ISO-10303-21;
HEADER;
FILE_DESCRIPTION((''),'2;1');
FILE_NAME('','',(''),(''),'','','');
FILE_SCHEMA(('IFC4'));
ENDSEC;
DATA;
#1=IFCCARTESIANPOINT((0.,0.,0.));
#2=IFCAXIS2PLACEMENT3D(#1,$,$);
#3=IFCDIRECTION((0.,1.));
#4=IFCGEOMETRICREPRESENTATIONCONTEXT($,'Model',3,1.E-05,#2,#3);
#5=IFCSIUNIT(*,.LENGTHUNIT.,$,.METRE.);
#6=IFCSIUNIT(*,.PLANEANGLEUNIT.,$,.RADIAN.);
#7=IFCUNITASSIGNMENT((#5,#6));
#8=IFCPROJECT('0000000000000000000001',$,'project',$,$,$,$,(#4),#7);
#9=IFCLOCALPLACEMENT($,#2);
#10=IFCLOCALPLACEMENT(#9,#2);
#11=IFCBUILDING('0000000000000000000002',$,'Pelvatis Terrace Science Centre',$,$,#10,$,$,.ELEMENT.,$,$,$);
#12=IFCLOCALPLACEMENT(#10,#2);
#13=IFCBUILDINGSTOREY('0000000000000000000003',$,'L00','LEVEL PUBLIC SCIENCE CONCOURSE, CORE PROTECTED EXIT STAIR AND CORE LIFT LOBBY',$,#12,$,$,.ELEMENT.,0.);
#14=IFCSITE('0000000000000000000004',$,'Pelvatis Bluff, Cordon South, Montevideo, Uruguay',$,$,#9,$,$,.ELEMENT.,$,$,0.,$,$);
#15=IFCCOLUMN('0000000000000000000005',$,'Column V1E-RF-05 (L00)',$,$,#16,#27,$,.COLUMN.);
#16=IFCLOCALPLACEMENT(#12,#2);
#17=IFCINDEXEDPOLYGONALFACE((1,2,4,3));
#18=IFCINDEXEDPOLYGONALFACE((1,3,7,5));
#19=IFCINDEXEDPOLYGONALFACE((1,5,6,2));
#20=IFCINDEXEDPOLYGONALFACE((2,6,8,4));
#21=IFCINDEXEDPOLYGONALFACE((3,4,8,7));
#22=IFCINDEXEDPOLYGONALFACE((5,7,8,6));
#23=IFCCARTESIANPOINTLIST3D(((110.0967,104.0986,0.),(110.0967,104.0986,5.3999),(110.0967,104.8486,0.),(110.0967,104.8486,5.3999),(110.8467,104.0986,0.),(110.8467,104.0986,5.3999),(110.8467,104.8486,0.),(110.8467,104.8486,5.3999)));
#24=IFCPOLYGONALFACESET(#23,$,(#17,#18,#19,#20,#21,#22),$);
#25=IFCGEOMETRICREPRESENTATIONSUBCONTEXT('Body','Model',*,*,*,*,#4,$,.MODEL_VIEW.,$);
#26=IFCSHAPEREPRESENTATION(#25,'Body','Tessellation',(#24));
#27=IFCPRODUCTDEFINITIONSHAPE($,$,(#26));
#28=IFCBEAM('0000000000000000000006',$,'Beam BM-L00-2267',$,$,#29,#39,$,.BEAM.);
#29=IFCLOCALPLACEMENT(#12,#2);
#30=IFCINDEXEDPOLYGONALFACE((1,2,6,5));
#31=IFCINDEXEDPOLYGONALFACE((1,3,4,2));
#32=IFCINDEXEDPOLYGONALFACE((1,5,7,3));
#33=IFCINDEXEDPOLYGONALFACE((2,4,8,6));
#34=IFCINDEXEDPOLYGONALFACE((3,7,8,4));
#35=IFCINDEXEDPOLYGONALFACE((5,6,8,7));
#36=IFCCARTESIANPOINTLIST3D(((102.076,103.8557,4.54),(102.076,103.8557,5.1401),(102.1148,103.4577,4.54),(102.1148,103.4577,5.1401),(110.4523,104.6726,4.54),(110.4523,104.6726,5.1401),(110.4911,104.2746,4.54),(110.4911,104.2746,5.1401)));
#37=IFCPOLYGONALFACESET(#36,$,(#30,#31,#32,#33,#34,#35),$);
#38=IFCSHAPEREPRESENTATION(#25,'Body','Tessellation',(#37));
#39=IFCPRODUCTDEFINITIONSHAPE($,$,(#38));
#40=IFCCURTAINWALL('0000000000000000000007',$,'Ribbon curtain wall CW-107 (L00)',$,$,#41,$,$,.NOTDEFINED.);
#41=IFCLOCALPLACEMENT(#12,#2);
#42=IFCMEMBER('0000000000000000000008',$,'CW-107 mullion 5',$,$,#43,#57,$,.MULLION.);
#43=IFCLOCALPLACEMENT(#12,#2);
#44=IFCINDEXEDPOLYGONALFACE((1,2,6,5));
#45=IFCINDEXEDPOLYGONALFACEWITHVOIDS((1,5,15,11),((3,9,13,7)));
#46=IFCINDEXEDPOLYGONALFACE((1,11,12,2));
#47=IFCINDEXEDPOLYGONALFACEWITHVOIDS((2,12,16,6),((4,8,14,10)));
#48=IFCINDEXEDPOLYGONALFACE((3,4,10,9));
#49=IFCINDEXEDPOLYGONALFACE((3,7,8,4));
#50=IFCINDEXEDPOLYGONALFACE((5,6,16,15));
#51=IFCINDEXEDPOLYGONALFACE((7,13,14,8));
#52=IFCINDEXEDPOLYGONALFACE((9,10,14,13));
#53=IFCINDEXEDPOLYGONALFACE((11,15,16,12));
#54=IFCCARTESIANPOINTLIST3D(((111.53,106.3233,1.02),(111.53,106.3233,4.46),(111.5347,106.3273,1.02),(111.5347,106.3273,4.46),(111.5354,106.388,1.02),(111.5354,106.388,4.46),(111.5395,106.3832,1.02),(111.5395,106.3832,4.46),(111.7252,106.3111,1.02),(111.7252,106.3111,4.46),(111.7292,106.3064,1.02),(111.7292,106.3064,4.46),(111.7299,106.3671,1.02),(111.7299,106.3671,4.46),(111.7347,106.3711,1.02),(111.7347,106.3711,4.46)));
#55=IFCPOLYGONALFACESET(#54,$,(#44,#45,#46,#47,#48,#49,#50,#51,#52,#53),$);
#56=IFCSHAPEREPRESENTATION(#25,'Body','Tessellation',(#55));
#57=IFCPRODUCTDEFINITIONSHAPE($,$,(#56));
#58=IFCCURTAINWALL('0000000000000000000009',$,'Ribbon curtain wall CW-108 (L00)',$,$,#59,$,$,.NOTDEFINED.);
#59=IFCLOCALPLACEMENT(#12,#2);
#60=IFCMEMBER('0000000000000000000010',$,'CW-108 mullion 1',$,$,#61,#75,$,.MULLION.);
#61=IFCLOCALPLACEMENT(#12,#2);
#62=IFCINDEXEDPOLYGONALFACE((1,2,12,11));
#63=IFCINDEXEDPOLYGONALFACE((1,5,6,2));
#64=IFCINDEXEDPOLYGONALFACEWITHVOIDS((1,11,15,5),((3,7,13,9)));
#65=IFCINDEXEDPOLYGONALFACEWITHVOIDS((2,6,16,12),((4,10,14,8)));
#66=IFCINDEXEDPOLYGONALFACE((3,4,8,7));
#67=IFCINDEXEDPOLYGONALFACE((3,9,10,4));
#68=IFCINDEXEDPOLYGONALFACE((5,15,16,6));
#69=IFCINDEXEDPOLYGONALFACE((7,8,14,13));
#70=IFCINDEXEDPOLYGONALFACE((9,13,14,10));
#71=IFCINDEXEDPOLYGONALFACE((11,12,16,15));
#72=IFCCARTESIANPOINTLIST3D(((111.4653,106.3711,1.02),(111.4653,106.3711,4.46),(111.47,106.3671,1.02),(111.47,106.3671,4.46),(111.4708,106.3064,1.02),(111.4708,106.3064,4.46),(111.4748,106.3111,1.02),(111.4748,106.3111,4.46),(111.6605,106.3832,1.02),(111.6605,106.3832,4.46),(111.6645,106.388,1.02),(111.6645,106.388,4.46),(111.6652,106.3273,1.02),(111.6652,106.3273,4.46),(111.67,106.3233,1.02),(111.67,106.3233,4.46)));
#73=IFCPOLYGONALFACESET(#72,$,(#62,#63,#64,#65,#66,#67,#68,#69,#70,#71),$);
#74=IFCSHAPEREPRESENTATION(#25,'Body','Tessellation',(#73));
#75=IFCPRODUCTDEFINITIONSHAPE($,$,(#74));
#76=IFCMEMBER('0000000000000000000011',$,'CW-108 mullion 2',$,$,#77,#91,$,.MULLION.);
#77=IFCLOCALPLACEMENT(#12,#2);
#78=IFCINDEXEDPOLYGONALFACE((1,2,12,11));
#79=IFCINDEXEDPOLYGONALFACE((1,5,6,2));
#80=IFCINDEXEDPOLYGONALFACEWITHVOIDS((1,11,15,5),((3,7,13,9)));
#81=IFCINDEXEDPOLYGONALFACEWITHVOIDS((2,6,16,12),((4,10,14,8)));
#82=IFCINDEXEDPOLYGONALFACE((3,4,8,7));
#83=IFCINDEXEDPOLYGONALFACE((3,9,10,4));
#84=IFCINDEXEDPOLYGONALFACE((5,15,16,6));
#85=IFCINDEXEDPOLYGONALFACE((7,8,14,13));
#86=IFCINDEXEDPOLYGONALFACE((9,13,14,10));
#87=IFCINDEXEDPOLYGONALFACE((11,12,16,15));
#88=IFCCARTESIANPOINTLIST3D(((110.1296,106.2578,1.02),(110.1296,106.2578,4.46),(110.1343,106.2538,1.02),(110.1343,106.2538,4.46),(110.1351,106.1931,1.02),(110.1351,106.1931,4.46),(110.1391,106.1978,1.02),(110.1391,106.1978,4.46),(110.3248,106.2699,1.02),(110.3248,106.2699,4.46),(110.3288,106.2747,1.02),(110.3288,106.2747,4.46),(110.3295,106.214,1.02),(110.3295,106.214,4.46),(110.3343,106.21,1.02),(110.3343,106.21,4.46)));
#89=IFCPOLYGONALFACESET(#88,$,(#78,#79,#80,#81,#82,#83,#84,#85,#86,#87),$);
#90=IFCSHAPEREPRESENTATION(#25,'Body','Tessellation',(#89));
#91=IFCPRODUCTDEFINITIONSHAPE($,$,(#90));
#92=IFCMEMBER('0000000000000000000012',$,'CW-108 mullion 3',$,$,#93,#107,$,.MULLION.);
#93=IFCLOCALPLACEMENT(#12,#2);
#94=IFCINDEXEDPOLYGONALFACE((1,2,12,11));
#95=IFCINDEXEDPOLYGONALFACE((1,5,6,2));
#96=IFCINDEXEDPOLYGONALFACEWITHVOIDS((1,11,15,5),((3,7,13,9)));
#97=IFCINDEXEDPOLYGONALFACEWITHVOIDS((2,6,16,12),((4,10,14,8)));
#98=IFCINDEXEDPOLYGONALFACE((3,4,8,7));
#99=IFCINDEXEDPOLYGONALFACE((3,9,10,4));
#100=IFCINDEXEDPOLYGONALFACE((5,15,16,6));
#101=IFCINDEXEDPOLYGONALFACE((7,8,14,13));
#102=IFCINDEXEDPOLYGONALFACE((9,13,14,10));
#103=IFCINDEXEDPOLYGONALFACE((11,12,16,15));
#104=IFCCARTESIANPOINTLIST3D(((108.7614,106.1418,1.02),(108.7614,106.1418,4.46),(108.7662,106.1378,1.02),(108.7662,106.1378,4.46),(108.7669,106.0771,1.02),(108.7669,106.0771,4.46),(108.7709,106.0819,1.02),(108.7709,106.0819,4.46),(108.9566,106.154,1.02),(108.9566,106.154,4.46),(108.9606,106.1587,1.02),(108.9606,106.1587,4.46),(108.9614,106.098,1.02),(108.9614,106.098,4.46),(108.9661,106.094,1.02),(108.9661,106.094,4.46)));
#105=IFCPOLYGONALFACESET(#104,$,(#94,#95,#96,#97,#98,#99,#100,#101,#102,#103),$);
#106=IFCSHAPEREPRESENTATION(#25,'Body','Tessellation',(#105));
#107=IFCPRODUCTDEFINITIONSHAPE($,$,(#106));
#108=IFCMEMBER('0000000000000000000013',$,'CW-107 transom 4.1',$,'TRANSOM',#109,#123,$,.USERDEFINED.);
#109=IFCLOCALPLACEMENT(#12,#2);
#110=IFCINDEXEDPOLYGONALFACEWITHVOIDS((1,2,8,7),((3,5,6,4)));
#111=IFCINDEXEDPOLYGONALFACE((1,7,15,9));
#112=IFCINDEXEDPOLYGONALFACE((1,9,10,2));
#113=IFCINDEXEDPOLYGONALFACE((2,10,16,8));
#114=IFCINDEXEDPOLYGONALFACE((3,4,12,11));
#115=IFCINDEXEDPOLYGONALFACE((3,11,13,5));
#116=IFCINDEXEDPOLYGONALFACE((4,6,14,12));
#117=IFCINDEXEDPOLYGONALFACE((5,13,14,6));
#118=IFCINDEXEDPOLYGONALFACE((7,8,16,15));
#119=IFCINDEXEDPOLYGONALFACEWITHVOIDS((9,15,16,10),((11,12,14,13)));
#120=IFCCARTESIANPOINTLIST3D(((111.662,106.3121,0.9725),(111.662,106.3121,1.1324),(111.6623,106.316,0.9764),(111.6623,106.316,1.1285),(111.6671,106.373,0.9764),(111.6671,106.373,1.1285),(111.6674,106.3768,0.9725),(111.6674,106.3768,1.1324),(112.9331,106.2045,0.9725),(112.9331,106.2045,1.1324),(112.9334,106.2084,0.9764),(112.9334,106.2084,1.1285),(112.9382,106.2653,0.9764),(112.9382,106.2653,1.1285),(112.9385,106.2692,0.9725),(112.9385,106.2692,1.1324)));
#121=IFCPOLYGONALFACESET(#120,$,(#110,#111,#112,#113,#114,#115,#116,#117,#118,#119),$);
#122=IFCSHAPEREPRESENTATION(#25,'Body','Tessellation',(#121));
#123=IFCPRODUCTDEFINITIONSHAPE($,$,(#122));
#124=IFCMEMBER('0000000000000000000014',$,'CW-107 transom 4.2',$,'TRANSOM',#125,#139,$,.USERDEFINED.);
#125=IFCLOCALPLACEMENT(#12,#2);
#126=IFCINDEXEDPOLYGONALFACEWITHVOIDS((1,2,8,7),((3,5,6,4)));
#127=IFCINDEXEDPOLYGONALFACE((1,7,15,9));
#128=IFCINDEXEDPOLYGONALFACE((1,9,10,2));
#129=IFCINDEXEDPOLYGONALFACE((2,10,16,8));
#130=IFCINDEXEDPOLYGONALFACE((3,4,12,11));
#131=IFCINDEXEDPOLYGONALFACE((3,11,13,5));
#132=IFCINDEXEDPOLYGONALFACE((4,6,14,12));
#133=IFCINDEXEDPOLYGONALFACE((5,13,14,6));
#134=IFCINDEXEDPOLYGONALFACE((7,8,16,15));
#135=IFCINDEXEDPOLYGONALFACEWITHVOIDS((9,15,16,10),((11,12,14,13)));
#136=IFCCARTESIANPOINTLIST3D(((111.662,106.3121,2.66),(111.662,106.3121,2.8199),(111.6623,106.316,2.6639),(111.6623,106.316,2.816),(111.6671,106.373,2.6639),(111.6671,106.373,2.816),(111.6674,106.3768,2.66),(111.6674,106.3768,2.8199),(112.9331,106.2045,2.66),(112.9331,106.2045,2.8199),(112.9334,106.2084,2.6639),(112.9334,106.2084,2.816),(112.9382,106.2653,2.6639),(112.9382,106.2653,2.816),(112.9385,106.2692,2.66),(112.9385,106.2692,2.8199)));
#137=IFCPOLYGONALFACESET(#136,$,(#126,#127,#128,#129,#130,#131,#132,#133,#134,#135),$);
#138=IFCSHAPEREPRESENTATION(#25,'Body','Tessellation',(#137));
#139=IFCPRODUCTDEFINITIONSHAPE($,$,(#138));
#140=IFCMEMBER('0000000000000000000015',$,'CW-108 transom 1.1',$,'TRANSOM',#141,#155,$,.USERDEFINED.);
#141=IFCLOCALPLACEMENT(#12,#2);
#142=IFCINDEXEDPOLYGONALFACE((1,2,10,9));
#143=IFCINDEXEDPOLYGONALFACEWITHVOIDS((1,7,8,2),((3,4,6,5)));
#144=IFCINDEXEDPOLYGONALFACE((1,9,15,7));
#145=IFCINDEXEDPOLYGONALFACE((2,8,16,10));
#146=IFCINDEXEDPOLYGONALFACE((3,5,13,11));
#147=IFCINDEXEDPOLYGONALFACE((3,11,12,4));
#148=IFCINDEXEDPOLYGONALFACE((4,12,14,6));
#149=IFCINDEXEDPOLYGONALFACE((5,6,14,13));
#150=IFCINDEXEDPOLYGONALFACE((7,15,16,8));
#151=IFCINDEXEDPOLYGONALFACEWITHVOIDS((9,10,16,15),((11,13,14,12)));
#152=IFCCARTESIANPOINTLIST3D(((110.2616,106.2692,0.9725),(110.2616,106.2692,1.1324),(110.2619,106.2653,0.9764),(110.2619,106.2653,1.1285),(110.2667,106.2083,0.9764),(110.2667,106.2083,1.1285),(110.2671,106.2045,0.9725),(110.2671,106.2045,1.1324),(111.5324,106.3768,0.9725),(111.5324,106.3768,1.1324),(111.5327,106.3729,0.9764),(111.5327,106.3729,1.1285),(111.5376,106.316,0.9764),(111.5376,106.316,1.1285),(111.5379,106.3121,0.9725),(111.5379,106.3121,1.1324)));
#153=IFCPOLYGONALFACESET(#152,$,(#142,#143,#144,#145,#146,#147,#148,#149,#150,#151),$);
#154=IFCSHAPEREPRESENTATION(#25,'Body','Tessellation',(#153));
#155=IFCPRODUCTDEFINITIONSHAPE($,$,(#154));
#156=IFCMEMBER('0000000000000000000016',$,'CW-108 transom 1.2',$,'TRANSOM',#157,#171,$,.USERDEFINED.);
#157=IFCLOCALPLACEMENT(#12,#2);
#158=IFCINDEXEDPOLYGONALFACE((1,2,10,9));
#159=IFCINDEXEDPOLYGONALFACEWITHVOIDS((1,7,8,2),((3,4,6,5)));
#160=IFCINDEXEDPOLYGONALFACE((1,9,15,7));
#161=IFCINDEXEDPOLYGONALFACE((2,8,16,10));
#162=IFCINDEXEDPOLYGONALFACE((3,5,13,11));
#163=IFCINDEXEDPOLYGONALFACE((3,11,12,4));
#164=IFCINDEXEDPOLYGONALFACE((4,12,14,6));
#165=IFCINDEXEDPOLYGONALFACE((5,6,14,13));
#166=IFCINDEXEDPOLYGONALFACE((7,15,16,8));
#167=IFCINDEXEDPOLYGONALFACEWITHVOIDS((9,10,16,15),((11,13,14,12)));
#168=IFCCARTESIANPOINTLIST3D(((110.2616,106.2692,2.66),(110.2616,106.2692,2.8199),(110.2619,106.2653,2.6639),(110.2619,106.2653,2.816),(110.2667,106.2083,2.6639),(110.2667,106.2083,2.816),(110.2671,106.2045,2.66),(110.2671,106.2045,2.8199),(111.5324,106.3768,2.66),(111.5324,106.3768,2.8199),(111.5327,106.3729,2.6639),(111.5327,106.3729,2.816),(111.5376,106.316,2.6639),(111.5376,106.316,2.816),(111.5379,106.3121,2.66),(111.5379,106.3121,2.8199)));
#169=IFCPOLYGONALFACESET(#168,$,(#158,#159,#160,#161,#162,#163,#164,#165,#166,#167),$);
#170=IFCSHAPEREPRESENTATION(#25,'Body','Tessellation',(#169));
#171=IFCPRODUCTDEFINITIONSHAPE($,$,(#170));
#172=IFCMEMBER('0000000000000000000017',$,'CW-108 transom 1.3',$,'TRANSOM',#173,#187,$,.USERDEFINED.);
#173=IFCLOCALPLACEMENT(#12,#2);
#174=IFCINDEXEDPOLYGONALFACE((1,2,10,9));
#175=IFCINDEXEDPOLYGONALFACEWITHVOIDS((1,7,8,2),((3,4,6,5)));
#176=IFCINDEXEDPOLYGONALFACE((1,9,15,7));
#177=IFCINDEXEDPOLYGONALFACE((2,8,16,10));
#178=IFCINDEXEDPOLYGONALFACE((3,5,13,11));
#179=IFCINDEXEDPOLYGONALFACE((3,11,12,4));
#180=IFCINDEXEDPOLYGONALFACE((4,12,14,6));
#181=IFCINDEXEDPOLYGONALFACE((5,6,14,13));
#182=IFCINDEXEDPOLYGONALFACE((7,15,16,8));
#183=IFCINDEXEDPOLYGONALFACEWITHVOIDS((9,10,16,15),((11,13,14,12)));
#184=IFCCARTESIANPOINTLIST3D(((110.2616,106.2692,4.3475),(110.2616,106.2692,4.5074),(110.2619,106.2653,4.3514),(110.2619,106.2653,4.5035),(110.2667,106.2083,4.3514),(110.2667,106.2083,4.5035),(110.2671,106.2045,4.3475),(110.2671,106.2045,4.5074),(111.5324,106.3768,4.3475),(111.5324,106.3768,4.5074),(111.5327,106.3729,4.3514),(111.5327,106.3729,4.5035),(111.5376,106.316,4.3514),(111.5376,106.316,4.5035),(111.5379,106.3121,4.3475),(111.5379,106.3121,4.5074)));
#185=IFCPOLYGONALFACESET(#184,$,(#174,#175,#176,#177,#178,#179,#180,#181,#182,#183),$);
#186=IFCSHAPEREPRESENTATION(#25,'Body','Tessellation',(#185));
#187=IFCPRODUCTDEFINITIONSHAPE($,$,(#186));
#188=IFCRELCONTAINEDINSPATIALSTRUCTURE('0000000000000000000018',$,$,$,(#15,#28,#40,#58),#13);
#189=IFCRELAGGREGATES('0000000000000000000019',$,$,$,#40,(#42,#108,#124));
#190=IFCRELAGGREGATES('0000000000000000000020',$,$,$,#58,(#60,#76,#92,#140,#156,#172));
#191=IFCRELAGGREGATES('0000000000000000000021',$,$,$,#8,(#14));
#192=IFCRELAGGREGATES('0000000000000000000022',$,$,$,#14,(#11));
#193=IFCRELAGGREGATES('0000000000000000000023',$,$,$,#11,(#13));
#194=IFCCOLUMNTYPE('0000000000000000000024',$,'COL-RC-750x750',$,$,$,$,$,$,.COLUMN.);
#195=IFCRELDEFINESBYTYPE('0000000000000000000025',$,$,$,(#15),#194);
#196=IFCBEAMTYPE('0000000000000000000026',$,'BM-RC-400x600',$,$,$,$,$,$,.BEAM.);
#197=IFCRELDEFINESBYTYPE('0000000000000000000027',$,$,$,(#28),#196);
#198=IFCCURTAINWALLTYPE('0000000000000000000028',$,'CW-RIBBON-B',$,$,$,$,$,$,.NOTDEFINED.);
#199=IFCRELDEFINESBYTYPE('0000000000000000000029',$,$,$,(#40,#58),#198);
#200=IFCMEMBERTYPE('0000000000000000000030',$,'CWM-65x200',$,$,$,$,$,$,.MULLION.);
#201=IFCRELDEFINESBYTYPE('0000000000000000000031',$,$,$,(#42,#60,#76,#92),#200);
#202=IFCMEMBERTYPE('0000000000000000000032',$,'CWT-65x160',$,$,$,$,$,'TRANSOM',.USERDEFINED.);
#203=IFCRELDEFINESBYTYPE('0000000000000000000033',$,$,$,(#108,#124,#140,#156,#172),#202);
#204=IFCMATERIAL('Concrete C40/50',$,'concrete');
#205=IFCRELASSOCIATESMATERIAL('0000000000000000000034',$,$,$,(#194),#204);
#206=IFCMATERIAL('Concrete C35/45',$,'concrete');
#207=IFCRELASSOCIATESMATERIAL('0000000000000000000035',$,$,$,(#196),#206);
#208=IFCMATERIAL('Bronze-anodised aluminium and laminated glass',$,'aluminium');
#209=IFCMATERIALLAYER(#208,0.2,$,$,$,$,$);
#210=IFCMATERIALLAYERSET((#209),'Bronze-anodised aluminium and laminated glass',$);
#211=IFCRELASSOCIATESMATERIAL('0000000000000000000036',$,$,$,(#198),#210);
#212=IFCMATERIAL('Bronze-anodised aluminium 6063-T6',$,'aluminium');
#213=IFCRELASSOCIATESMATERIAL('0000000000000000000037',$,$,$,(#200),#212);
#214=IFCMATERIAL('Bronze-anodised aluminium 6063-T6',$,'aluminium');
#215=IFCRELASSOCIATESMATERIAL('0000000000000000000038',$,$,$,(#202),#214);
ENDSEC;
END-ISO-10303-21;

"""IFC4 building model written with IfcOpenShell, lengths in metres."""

from ifc_helpers import new_model, si_unit, direction, frame, origin, origin_2d, place, context, subcontext, project, spatial, rectangle, hollow_rectangle, extrude, material, layer, layer_set, material_profile, profile_set, type_object, element, aggregate, save


model = new_model("IFC4")

# Units and contexts
model_context = context("Model", 3, precision=1e-05, world=origin(), true_north=direction((0.0, 1.0)))
body_context = subcontext(model_context, "Body", "Model", "MODEL_VIEW")
ifc_project = project(units=[si_unit("LENGTHUNIT", "METRE"), si_unit("PLANEANGLEUNIT", "RADIAN")], contexts=[model_context])

# Site, building, storey
site_placement = place(None, origin())
site = spatial("IfcSite", under=ifc_project, at=site_placement, Name="Pelvatis Bluff, Cordon South, Montevideo, Uruguay", CompositionType="ELEMENT", RefElevation=0.0)
building_placement = place(site_placement, origin())
building = spatial("IfcBuilding", under=site, at=building_placement, Name="Pelvatis Terrace Science Centre", CompositionType="ELEMENT")
storey_placement = place(building_placement, origin())
storey = spatial("IfcBuildingStorey", under=building, at=storey_placement, Name="L00", Description="LEVEL PUBLIC SCIENCE CONCOURSE, CORE PROTECTED EXIT STAIR AND CORE LIFT LOBBY", CompositionType="ELEMENT", Elevation=0.0)

# Column
ifc_material_1 = material(Name="Concrete C40/50", Category="concrete")
ifc_material_profile_1 = material_profile(ifc_material_1, rectangle(XDim=0.75, YDim=0.75, at=origin_2d()), Name="RC-COL 750x750")
ifc_profile_set_1 = profile_set([ifc_material_profile_1], Name="Concrete C40/50")
column_type = type_object("IfcColumnType", Name="COL-RC-750x750", PredefinedType="COLUMN", material=ifc_profile_set_1)
column_placement = place(storey_placement, frame((110.4717, 104.4736, 0.0), z_axis=(0.0, 0.0, 1.0), x_axis=(1.0, 0.0, 0.0)))
element("IfcColumn", 1, at=column_placement, inside=storey, type_object=column_type, Name="Column V1E-RF-05 (L00)", PredefinedType="COLUMN", context=body_context, shape_type="SweptSolid", body=[
    extrude(rectangle(XDim=0.75, YDim=0.75, at=origin_2d()), origin(), (0.0, 0.0, 1.0), 5.3999),
])

# Beam
ifc_material_2 = material(Name="Concrete C35/45", Category="concrete")
ifc_material_profile_2 = material_profile(ifc_material_2, rectangle(XDim=0.3999, YDim=0.6001, at=origin_2d()), Name="RC-BM 400x600")
ifc_profile_set_2 = profile_set([ifc_material_profile_2], Name="Concrete C35/45")
beam_type = type_object("IfcBeamType", Name="BM-RC-400x600", PredefinedType="BEAM", material=ifc_profile_set_2)
beam_placement = place(storey_placement, frame((110.4717, 104.4736, 4.8401), z_axis=(-0.995278, -0.097065, 0.0), x_axis=(0.097065, -0.995278, 0.0)))
element("IfcBeam", 2, at=beam_placement, inside=storey, type_object=beam_type, Name="Beam BM-L00-2267", PredefinedType="BEAM", context=body_context, shape_type="SweptSolid", body=[
    extrude(rectangle(XDim=0.3999, YDim=0.6001, at=origin_2d()), origin(), (0.0, 0.0, 1.0), 8.416),
])

# Curtain wall, member
ifc_material_3 = material(Name="Bronze-anodised aluminium and laminated glass", Category="aluminium")
ifc_layer_1 = layer(ifc_material_3, 0.2)
ifc_layer_set_1 = layer_set([ifc_layer_1], Name="Bronze-anodised aluminium and laminated glass")
curtain_wall_type = type_object("IfcCurtainWallType", Name="CW-RIBBON-B", PredefinedType="NOTDEFINED", material=ifc_layer_set_1)
curtain_wall_1_placement = place(storey_placement, origin())
curtain_wall_1 = element("IfcCurtainWall", 3, at=curtain_wall_1_placement, inside=storey, type_object=curtain_wall_type, Name="Ribbon curtain wall CW-107 (L00)", PredefinedType="NOTDEFINED")
ifc_material_4 = material(Name="Bronze-anodised aluminium 6063-T6", Category="aluminium")
ifc_material_profile_3 = material_profile(ifc_material_4, hollow_rectangle(XDim=0.0649, YDim=0.2, WallThickness=0.0044, at=origin_2d()), Name="ALU-MUL 65x200")
ifc_profile_set_3 = profile_set([ifc_material_profile_3], Name="Bronze-anodised aluminium 6063-T6")
member_type_1 = type_object("IfcMemberType", Name="CWM-65x200", PredefinedType="MULLION", material=ifc_profile_set_3)
member_1_placement = place(storey_placement, frame((111.6323, 106.3472, 1.02), z_axis=(0.0, 0.0, 1.0), x_axis=(-0.084488, -0.996425, 0.0)))
member_1 = element("IfcMember", 4, at=member_1_placement, type_object=member_type_1, Name="CW-107 mullion 5", PredefinedType="MULLION", context=body_context, shape_type="SweptSolid", body=[
    extrude(hollow_rectangle(XDim=0.0649, YDim=0.2, WallThickness=0.0044, at=origin_2d()), origin(), (0.0, 0.0, 1.0), 3.4399),
])

# Curtain wall, members
curtain_wall_2_placement = place(storey_placement, origin())
curtain_wall_2 = element("IfcCurtainWall", 5, at=curtain_wall_2_placement, inside=storey, type_object=curtain_wall_type, Name="Ribbon curtain wall CW-108 (L00)", PredefinedType="NOTDEFINED")
member_2_placement = place(storey_placement, frame((111.5676, 106.3472, 1.02), z_axis=(0.0, 0.0, 1.0), x_axis=(0.084488, -0.996425, 0.0)))
member_2 = element("IfcMember", 6, at=member_2_placement, type_object=member_type_1, Name="CW-108 mullion 1", PredefinedType="MULLION", context=body_context, shape_type="SweptSolid", body=[
    extrude(hollow_rectangle(XDim=0.0649, YDim=0.2, WallThickness=0.0044, at=origin_2d()), origin(), (0.0, 0.0, 1.0), 3.4399),
])
member_3_placement = place(storey_placement, frame((110.2319, 106.2339, 1.02), z_axis=(0.0, 0.0, 1.0), x_axis=(0.084488, -0.996425, 0.0)))
member_3 = element("IfcMember", 7, at=member_3_placement, type_object=member_type_1, Name="CW-108 mullion 2", PredefinedType="MULLION", context=body_context, shape_type="SweptSolid", body=[
    extrude(hollow_rectangle(XDim=0.0649, YDim=0.2, WallThickness=0.0044, at=origin_2d()), origin(), (0.0, 0.0, 1.0), 3.4399),
])
member_4_placement = place(storey_placement, frame((108.8638, 106.1179, 1.02), z_axis=(0.0, 0.0, 1.0), x_axis=(0.084488, -0.996425, 0.0)))
member_4 = element("IfcMember", 8, at=member_4_placement, type_object=member_type_1, Name="CW-108 mullion 3", PredefinedType="MULLION", context=body_context, shape_type="SweptSolid", body=[
    extrude(hollow_rectangle(XDim=0.0649, YDim=0.2, WallThickness=0.0044, at=origin_2d()), origin(), (0.0, 0.0, 1.0), 3.4399),
])

# Members
ifc_material_5 = material(Name="Bronze-anodised aluminium 6063-T6", Category="aluminium")
ifc_material_profile_4 = material_profile(ifc_material_5, hollow_rectangle(XDim=0.0649, YDim=0.1599, WallThickness=0.0039, at=origin_2d()), Name="ALU-TRN 65x160")
ifc_profile_set_4 = profile_set([ifc_material_profile_4], Name="Bronze-anodised aluminium 6063-T6")
member_type_2 = type_object("IfcMemberType", Name="CWT-65x160", ElementType="TRANSOM", PredefinedType="USERDEFINED", material=ifc_profile_set_4)
member_5_placement = place(storey_placement, frame((112.9358, 106.2368, 1.0525), z_axis=(-0.996431, 0.084408, 0.0), x_axis=(-0.084408, -0.996431, 0.0)))
member_5 = element("IfcMember", 9, at=member_5_placement, type_object=member_type_2, Name="CW-107 transom 4.1", ObjectType="TRANSOM", PredefinedType="USERDEFINED", context=body_context, shape_type="SweptSolid", body=[
    extrude(hollow_rectangle(XDim=0.0649, YDim=0.1599, WallThickness=0.0039, at=origin_2d()), origin(), (0.0, 0.0, 1.0), 1.2756),
])
member_6_placement = place(storey_placement, frame((112.9358, 106.2368, 2.74), z_axis=(-0.996431, 0.084408, 0.0), x_axis=(-0.084408, -0.996431, 0.0)))
member_6 = element("IfcMember", 10, at=member_6_placement, type_object=member_type_2, Name="CW-107 transom 4.2", ObjectType="TRANSOM", PredefinedType="USERDEFINED", context=body_context, shape_type="SweptSolid", body=[
    extrude(hollow_rectangle(XDim=0.0649, YDim=0.1599, WallThickness=0.0039, at=origin_2d()), origin(), (0.0, 0.0, 1.0), 1.2756),
])
member_7_placement = place(storey_placement, frame((111.5352, 106.3445, 1.0525), z_axis=(-0.99643, -0.084424, 0.0), x_axis=(0.084424, -0.99643, 0.0)))
member_7 = element("IfcMember", 11, at=member_7_placement, type_object=member_type_2, Name="CW-108 transom 1.1", ObjectType="TRANSOM", PredefinedType="USERDEFINED", context=body_context, shape_type="SweptSolid", body=[
    extrude(hollow_rectangle(XDim=0.0649, YDim=0.1599, WallThickness=0.0039, at=origin_2d()), origin(), (0.0, 0.0, 1.0), 1.2754),
])
member_8_placement = place(storey_placement, frame((111.5352, 106.3445, 2.74), z_axis=(-0.99643, -0.084424, 0.0), x_axis=(0.084424, -0.99643, 0.0)))
member_8 = element("IfcMember", 12, at=member_8_placement, type_object=member_type_2, Name="CW-108 transom 1.2", ObjectType="TRANSOM", PredefinedType="USERDEFINED", context=body_context, shape_type="SweptSolid", body=[
    extrude(hollow_rectangle(XDim=0.0649, YDim=0.1599, WallThickness=0.0039, at=origin_2d()), origin(), (0.0, 0.0, 1.0), 1.2754),
])
member_9_placement = place(storey_placement, frame((111.5352, 106.3445, 4.4275), z_axis=(-0.99643, -0.084424, 0.0), x_axis=(0.084424, -0.99643, 0.0)))
member_9 = element("IfcMember", 13, at=member_9_placement, type_object=member_type_2, Name="CW-108 transom 1.3", ObjectType="TRANSOM", PredefinedType="USERDEFINED", context=body_context, shape_type="SweptSolid", body=[
    extrude(hollow_rectangle(XDim=0.0649, YDim=0.1599, WallThickness=0.0039, at=origin_2d()), origin(), (0.0, 0.0, 1.0), 1.2754),
])

aggregate(curtain_wall_1, [member_1, member_5, member_6])
aggregate(curtain_wall_2, [member_2, member_3, member_4, member_7, member_8, member_9])

save(model, "model.ifc")
